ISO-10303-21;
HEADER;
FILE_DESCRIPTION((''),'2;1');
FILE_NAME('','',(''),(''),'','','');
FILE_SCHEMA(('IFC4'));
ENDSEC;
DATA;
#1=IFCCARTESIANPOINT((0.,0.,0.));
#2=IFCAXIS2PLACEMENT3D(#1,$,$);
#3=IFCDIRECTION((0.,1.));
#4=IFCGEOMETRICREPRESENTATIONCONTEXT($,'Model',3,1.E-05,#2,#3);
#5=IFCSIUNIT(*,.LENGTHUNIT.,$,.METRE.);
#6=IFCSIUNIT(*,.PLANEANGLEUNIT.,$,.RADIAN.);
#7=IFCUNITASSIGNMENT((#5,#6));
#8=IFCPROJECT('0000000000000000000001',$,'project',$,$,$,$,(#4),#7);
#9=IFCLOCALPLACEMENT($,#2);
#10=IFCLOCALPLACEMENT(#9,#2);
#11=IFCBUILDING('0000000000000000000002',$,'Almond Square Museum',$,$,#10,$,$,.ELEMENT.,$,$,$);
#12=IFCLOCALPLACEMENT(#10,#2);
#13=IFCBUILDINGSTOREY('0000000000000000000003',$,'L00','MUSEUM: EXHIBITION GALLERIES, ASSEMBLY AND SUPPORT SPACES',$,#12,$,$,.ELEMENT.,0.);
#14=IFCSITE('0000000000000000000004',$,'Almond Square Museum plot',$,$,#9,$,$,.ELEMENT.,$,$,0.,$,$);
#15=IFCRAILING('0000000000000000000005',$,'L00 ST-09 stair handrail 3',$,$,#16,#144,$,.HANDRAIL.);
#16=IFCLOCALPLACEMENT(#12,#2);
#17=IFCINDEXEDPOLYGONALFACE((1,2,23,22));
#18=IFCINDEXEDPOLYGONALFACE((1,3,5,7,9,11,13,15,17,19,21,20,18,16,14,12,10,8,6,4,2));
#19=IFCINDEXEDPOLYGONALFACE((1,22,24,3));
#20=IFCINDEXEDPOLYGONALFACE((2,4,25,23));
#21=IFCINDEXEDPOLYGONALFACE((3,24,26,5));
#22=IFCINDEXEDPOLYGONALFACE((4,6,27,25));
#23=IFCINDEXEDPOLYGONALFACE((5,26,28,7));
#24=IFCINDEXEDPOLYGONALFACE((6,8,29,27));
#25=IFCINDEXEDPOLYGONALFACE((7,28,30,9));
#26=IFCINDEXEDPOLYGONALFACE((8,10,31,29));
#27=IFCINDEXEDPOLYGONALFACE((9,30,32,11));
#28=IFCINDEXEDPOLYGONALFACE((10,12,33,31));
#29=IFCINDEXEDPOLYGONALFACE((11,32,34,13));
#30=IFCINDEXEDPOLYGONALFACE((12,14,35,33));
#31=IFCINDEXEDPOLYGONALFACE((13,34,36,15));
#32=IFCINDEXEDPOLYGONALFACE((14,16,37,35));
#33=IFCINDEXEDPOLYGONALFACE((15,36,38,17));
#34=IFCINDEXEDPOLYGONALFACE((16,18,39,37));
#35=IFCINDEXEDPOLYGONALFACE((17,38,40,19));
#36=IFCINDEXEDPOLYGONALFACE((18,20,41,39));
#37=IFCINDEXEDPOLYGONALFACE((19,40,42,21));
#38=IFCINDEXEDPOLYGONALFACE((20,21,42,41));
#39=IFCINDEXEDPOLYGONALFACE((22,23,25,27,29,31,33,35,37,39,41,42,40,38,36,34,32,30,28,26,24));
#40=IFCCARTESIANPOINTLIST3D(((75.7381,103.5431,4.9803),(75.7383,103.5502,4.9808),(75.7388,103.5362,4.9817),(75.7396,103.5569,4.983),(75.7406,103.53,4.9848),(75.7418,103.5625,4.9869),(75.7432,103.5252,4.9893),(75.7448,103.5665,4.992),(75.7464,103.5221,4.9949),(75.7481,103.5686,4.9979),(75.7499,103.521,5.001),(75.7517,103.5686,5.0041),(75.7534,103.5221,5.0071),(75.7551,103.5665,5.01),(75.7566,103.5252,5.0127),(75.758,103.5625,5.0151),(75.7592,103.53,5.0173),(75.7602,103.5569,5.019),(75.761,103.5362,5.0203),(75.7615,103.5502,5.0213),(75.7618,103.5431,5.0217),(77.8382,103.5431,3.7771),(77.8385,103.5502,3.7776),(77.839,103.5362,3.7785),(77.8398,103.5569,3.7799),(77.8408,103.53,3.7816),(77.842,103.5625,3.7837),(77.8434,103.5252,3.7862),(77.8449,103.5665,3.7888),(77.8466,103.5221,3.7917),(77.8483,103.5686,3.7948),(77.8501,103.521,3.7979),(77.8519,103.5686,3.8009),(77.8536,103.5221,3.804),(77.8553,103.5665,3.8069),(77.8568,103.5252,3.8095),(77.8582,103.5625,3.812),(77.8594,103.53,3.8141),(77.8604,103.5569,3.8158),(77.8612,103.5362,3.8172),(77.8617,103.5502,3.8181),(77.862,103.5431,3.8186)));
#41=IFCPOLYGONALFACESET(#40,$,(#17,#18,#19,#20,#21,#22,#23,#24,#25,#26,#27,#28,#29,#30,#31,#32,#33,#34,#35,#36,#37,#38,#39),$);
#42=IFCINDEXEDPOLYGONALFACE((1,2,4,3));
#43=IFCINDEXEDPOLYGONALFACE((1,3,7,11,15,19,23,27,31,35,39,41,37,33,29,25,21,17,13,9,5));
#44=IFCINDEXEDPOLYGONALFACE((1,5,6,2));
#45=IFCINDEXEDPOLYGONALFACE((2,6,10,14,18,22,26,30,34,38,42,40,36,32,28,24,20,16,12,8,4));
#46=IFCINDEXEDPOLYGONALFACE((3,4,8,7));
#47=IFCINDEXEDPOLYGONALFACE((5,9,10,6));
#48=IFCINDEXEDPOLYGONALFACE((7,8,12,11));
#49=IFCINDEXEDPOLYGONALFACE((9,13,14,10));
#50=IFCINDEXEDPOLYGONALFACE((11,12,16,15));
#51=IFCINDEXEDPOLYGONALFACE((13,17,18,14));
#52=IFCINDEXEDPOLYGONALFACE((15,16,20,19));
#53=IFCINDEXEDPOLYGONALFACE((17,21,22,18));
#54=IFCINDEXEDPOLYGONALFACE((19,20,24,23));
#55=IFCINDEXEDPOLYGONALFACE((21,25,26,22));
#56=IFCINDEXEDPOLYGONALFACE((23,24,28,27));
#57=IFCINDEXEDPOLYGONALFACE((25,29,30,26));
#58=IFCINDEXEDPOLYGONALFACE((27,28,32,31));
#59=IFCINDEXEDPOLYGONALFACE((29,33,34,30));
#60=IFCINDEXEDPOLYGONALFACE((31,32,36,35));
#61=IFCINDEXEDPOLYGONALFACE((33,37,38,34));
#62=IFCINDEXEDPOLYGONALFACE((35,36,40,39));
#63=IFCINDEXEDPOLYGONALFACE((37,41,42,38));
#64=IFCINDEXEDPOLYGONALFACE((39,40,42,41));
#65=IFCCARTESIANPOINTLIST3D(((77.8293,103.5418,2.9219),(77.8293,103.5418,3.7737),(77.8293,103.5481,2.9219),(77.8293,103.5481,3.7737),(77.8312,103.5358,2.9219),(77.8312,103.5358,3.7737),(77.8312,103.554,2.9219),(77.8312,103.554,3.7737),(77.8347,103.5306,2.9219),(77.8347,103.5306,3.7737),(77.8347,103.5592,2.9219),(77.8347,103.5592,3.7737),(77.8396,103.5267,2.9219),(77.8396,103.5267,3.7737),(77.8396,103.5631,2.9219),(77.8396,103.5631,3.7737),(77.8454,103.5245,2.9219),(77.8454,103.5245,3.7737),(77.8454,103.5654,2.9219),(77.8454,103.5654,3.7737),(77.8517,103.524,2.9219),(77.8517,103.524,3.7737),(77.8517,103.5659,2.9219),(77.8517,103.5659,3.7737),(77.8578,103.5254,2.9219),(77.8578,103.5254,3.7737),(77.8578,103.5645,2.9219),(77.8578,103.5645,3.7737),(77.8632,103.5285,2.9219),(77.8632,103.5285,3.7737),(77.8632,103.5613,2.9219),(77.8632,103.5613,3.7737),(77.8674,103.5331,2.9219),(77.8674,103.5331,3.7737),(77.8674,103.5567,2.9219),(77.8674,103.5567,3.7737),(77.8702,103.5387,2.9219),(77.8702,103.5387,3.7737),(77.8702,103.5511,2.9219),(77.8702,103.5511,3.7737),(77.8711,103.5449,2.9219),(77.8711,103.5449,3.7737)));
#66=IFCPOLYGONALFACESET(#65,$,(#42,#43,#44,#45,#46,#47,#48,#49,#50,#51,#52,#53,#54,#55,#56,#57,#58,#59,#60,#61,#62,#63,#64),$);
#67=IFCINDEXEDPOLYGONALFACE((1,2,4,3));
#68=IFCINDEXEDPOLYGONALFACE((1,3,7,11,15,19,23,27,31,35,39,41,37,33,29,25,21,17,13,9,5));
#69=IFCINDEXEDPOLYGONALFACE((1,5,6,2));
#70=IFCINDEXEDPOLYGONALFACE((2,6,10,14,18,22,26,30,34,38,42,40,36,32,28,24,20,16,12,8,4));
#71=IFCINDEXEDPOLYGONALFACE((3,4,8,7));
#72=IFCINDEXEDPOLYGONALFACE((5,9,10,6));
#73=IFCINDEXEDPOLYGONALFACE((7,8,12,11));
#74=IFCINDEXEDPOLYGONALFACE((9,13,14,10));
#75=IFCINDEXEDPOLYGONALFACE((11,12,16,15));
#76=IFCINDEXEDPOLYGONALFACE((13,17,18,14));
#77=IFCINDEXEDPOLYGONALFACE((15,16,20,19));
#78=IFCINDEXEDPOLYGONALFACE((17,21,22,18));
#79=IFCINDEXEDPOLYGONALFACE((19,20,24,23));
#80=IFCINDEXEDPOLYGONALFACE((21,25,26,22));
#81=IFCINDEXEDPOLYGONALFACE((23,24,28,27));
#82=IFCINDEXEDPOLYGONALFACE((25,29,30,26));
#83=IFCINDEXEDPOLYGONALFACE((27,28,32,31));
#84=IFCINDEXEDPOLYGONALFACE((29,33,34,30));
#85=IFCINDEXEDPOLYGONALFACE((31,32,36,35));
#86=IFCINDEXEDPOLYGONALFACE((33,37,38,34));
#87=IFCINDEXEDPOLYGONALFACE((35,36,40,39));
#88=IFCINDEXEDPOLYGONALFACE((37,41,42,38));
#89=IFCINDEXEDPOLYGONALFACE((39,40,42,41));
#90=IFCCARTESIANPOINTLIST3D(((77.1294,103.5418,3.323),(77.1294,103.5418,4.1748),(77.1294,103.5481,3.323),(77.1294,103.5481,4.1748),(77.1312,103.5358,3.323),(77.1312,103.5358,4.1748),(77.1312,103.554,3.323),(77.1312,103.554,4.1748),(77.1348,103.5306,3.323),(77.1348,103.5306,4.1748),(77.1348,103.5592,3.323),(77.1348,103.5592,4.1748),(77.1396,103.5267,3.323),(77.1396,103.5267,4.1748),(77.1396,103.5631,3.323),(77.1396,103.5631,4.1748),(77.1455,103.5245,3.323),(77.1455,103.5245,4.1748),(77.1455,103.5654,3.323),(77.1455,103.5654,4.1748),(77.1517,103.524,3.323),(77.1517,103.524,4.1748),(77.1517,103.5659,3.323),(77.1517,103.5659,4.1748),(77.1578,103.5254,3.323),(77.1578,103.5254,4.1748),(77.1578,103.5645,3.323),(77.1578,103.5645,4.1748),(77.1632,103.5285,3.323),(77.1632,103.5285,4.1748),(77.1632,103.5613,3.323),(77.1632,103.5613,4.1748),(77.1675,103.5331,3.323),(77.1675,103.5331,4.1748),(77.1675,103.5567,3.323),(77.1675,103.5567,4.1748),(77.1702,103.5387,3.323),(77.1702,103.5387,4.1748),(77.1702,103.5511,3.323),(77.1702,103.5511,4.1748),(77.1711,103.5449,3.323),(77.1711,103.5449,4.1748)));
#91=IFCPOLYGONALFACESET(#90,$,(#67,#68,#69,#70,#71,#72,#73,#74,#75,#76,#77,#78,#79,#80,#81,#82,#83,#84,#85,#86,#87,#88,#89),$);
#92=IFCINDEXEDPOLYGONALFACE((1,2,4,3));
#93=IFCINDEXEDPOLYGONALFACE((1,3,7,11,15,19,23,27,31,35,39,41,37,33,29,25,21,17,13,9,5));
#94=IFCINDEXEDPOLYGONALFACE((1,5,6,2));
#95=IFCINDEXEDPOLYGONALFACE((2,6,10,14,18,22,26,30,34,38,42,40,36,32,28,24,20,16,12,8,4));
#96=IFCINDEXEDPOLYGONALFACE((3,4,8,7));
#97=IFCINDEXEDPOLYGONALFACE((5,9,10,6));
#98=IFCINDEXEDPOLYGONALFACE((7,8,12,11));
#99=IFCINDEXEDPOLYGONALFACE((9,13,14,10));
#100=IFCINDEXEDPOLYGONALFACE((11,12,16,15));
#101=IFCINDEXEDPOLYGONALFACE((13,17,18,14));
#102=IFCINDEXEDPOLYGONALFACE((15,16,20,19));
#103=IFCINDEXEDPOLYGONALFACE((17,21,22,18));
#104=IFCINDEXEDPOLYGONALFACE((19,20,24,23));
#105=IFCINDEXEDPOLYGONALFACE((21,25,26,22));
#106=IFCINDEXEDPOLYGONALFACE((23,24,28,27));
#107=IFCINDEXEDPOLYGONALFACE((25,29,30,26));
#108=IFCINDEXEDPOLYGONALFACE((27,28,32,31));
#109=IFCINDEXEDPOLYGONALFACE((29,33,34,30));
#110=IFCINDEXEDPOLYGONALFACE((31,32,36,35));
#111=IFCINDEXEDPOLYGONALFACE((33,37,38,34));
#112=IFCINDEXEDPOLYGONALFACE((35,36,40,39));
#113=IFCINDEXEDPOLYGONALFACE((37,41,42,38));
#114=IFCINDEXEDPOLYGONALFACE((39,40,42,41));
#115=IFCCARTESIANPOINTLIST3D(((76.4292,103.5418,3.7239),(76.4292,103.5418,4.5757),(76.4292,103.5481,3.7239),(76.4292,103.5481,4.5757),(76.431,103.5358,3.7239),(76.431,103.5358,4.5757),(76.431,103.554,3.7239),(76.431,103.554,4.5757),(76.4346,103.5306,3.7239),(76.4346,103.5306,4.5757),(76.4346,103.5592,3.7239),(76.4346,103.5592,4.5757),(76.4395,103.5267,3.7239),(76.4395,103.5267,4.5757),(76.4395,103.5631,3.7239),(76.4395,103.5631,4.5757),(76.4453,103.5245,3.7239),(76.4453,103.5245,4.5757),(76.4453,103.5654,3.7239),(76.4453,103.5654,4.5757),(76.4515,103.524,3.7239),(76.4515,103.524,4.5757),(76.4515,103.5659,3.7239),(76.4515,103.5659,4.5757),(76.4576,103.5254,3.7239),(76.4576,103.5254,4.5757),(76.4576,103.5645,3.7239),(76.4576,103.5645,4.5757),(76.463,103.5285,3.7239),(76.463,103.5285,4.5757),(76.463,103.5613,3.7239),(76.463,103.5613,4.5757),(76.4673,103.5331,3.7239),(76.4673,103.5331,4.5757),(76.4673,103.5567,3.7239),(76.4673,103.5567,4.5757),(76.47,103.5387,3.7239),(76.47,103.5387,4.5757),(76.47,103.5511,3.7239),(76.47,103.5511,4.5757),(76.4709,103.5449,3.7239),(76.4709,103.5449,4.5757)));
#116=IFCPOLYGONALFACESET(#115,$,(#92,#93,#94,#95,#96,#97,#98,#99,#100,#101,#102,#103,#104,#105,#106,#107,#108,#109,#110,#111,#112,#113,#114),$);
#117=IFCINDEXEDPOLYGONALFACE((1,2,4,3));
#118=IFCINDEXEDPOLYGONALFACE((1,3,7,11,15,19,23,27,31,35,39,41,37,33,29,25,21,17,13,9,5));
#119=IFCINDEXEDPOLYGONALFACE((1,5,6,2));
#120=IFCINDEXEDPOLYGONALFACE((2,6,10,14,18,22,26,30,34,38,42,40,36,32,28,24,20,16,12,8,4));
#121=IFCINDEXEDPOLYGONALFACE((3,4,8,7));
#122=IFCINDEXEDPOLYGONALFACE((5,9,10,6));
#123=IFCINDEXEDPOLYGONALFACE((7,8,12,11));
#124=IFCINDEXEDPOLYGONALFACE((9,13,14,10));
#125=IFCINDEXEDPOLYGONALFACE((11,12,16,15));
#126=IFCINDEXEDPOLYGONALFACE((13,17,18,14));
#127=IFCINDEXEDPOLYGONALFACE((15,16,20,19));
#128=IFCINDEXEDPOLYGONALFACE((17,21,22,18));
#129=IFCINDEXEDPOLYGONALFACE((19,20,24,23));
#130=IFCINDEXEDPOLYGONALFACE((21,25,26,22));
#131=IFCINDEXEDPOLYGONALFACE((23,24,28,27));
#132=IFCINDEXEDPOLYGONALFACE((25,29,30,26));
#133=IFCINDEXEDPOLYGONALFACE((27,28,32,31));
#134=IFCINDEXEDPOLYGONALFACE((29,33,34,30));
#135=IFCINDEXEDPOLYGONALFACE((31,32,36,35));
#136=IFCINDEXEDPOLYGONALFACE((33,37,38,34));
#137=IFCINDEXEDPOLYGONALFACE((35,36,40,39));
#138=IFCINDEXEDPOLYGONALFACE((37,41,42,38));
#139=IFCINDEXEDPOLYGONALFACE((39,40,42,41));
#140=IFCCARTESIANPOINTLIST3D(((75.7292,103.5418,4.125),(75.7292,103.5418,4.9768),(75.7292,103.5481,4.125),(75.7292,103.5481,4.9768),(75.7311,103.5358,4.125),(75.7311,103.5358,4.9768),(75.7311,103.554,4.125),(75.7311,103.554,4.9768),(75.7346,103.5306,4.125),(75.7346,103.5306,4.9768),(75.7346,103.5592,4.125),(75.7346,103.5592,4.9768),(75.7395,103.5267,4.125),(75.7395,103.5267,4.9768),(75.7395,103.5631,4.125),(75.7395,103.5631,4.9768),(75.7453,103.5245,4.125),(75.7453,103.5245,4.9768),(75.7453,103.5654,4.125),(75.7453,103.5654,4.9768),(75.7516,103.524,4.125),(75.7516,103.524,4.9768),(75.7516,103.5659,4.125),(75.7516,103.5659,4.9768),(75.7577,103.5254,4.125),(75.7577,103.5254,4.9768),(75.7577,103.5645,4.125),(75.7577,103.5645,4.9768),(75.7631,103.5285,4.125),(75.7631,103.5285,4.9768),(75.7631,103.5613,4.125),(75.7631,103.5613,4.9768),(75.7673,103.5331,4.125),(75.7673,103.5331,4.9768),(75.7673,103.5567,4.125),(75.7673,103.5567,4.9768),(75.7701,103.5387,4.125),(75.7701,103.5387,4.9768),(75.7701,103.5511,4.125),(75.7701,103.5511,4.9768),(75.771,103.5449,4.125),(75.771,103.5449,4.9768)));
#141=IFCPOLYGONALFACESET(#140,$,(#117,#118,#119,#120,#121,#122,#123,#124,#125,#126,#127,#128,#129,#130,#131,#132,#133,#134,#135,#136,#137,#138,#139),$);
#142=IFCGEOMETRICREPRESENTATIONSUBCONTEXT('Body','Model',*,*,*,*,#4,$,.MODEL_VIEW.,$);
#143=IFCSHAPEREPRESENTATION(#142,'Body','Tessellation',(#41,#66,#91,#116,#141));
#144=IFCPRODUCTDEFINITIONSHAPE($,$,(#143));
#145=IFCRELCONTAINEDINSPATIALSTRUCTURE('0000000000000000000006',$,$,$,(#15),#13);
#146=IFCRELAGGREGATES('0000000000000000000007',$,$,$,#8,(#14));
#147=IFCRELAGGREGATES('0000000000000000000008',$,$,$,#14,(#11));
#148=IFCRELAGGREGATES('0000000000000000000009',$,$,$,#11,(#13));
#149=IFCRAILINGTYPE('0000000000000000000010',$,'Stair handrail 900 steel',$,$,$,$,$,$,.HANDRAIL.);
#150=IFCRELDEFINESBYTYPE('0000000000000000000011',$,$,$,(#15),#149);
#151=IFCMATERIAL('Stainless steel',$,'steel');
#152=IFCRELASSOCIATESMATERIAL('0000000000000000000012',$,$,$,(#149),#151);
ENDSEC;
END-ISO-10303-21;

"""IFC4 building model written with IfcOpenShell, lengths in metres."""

from ifc_helpers import new_model, si_unit, direction, frame, origin, origin_2d, place, context, subcontext, project, spatial, circle, extrude, material, type_object, element, save


model = new_model("IFC4")

# Units and contexts
model_context = context("Model", 3, precision=1e-05, world=origin(), true_north=direction((0.0, 1.0)))
body_context = subcontext(model_context, "Body", "Model", "MODEL_VIEW")
ifc_project = project(units=[si_unit("LENGTHUNIT", "METRE"), si_unit("PLANEANGLEUNIT", "RADIAN")], contexts=[model_context])

# Site, building, storey
site_placement = place(None, origin())
site = spatial("IfcSite", under=ifc_project, at=site_placement, Name="Almond Square Museum plot", CompositionType="ELEMENT", RefElevation=0.0)
building_placement = place(site_placement, origin())
building = spatial("IfcBuilding", under=site, at=building_placement, Name="Almond Square Museum", CompositionType="ELEMENT")
storey_placement = place(building_placement, origin())
storey = spatial("IfcBuildingStorey", under=building, at=storey_placement, Name="L00", Description="MUSEUM: EXHIBITION GALLERIES, ASSEMBLY AND SUPPORT SPACES", CompositionType="ELEMENT", Elevation=0.0)

# Railing
ifc_material_1 = material(Name="Stainless steel", Category="steel")
railing_type_1 = type_object("IfcRailingType", Name="Stair handrail 900 steel", PredefinedType="HANDRAIL", material=ifc_material_1)
for number, where, name in (
    (1, (77.8501, 103.5449, 2.9219), "L00 ST-09 stair handrail 3"),
):
    element("IfcRailing", number, at=place(storey_placement, frame(where)), inside=storey, type_object=railing_type_1, Name=name, PredefinedType="HANDRAIL", context=body_context, shape_type="SweptSolid", body=[
        extrude(circle(Radius=0.0239, at=origin_2d()), frame((0.0, 0.0, 0.876), z_axis=(-0.867696, 0.0, 0.497095), x_axis=(0.0, -1.0, 0.0)), (0.0, 0.0, 1.0), 2.4204),
        extrude(circle(Radius=0.021, at=origin_2d()), origin(), (0.0, 0.0, 1.0), 0.8518),
        extrude(circle(Radius=0.021, at=origin_2d()), frame((-0.7, 0.0, 0.4011)), (0.0, 0.0, 1.0), 0.8518),
        extrude(circle(Radius=0.021, at=origin_2d()), frame((-1.4001, 0.0, 0.802)), (0.0, 0.0, 1.0), 0.8518),
        extrude(circle(Radius=0.021, at=origin_2d()), frame((-2.1001, 0.0, 1.2031)), (0.0, 0.0, 1.0), 0.8518),
    ])

save(model, "model.ifc")
